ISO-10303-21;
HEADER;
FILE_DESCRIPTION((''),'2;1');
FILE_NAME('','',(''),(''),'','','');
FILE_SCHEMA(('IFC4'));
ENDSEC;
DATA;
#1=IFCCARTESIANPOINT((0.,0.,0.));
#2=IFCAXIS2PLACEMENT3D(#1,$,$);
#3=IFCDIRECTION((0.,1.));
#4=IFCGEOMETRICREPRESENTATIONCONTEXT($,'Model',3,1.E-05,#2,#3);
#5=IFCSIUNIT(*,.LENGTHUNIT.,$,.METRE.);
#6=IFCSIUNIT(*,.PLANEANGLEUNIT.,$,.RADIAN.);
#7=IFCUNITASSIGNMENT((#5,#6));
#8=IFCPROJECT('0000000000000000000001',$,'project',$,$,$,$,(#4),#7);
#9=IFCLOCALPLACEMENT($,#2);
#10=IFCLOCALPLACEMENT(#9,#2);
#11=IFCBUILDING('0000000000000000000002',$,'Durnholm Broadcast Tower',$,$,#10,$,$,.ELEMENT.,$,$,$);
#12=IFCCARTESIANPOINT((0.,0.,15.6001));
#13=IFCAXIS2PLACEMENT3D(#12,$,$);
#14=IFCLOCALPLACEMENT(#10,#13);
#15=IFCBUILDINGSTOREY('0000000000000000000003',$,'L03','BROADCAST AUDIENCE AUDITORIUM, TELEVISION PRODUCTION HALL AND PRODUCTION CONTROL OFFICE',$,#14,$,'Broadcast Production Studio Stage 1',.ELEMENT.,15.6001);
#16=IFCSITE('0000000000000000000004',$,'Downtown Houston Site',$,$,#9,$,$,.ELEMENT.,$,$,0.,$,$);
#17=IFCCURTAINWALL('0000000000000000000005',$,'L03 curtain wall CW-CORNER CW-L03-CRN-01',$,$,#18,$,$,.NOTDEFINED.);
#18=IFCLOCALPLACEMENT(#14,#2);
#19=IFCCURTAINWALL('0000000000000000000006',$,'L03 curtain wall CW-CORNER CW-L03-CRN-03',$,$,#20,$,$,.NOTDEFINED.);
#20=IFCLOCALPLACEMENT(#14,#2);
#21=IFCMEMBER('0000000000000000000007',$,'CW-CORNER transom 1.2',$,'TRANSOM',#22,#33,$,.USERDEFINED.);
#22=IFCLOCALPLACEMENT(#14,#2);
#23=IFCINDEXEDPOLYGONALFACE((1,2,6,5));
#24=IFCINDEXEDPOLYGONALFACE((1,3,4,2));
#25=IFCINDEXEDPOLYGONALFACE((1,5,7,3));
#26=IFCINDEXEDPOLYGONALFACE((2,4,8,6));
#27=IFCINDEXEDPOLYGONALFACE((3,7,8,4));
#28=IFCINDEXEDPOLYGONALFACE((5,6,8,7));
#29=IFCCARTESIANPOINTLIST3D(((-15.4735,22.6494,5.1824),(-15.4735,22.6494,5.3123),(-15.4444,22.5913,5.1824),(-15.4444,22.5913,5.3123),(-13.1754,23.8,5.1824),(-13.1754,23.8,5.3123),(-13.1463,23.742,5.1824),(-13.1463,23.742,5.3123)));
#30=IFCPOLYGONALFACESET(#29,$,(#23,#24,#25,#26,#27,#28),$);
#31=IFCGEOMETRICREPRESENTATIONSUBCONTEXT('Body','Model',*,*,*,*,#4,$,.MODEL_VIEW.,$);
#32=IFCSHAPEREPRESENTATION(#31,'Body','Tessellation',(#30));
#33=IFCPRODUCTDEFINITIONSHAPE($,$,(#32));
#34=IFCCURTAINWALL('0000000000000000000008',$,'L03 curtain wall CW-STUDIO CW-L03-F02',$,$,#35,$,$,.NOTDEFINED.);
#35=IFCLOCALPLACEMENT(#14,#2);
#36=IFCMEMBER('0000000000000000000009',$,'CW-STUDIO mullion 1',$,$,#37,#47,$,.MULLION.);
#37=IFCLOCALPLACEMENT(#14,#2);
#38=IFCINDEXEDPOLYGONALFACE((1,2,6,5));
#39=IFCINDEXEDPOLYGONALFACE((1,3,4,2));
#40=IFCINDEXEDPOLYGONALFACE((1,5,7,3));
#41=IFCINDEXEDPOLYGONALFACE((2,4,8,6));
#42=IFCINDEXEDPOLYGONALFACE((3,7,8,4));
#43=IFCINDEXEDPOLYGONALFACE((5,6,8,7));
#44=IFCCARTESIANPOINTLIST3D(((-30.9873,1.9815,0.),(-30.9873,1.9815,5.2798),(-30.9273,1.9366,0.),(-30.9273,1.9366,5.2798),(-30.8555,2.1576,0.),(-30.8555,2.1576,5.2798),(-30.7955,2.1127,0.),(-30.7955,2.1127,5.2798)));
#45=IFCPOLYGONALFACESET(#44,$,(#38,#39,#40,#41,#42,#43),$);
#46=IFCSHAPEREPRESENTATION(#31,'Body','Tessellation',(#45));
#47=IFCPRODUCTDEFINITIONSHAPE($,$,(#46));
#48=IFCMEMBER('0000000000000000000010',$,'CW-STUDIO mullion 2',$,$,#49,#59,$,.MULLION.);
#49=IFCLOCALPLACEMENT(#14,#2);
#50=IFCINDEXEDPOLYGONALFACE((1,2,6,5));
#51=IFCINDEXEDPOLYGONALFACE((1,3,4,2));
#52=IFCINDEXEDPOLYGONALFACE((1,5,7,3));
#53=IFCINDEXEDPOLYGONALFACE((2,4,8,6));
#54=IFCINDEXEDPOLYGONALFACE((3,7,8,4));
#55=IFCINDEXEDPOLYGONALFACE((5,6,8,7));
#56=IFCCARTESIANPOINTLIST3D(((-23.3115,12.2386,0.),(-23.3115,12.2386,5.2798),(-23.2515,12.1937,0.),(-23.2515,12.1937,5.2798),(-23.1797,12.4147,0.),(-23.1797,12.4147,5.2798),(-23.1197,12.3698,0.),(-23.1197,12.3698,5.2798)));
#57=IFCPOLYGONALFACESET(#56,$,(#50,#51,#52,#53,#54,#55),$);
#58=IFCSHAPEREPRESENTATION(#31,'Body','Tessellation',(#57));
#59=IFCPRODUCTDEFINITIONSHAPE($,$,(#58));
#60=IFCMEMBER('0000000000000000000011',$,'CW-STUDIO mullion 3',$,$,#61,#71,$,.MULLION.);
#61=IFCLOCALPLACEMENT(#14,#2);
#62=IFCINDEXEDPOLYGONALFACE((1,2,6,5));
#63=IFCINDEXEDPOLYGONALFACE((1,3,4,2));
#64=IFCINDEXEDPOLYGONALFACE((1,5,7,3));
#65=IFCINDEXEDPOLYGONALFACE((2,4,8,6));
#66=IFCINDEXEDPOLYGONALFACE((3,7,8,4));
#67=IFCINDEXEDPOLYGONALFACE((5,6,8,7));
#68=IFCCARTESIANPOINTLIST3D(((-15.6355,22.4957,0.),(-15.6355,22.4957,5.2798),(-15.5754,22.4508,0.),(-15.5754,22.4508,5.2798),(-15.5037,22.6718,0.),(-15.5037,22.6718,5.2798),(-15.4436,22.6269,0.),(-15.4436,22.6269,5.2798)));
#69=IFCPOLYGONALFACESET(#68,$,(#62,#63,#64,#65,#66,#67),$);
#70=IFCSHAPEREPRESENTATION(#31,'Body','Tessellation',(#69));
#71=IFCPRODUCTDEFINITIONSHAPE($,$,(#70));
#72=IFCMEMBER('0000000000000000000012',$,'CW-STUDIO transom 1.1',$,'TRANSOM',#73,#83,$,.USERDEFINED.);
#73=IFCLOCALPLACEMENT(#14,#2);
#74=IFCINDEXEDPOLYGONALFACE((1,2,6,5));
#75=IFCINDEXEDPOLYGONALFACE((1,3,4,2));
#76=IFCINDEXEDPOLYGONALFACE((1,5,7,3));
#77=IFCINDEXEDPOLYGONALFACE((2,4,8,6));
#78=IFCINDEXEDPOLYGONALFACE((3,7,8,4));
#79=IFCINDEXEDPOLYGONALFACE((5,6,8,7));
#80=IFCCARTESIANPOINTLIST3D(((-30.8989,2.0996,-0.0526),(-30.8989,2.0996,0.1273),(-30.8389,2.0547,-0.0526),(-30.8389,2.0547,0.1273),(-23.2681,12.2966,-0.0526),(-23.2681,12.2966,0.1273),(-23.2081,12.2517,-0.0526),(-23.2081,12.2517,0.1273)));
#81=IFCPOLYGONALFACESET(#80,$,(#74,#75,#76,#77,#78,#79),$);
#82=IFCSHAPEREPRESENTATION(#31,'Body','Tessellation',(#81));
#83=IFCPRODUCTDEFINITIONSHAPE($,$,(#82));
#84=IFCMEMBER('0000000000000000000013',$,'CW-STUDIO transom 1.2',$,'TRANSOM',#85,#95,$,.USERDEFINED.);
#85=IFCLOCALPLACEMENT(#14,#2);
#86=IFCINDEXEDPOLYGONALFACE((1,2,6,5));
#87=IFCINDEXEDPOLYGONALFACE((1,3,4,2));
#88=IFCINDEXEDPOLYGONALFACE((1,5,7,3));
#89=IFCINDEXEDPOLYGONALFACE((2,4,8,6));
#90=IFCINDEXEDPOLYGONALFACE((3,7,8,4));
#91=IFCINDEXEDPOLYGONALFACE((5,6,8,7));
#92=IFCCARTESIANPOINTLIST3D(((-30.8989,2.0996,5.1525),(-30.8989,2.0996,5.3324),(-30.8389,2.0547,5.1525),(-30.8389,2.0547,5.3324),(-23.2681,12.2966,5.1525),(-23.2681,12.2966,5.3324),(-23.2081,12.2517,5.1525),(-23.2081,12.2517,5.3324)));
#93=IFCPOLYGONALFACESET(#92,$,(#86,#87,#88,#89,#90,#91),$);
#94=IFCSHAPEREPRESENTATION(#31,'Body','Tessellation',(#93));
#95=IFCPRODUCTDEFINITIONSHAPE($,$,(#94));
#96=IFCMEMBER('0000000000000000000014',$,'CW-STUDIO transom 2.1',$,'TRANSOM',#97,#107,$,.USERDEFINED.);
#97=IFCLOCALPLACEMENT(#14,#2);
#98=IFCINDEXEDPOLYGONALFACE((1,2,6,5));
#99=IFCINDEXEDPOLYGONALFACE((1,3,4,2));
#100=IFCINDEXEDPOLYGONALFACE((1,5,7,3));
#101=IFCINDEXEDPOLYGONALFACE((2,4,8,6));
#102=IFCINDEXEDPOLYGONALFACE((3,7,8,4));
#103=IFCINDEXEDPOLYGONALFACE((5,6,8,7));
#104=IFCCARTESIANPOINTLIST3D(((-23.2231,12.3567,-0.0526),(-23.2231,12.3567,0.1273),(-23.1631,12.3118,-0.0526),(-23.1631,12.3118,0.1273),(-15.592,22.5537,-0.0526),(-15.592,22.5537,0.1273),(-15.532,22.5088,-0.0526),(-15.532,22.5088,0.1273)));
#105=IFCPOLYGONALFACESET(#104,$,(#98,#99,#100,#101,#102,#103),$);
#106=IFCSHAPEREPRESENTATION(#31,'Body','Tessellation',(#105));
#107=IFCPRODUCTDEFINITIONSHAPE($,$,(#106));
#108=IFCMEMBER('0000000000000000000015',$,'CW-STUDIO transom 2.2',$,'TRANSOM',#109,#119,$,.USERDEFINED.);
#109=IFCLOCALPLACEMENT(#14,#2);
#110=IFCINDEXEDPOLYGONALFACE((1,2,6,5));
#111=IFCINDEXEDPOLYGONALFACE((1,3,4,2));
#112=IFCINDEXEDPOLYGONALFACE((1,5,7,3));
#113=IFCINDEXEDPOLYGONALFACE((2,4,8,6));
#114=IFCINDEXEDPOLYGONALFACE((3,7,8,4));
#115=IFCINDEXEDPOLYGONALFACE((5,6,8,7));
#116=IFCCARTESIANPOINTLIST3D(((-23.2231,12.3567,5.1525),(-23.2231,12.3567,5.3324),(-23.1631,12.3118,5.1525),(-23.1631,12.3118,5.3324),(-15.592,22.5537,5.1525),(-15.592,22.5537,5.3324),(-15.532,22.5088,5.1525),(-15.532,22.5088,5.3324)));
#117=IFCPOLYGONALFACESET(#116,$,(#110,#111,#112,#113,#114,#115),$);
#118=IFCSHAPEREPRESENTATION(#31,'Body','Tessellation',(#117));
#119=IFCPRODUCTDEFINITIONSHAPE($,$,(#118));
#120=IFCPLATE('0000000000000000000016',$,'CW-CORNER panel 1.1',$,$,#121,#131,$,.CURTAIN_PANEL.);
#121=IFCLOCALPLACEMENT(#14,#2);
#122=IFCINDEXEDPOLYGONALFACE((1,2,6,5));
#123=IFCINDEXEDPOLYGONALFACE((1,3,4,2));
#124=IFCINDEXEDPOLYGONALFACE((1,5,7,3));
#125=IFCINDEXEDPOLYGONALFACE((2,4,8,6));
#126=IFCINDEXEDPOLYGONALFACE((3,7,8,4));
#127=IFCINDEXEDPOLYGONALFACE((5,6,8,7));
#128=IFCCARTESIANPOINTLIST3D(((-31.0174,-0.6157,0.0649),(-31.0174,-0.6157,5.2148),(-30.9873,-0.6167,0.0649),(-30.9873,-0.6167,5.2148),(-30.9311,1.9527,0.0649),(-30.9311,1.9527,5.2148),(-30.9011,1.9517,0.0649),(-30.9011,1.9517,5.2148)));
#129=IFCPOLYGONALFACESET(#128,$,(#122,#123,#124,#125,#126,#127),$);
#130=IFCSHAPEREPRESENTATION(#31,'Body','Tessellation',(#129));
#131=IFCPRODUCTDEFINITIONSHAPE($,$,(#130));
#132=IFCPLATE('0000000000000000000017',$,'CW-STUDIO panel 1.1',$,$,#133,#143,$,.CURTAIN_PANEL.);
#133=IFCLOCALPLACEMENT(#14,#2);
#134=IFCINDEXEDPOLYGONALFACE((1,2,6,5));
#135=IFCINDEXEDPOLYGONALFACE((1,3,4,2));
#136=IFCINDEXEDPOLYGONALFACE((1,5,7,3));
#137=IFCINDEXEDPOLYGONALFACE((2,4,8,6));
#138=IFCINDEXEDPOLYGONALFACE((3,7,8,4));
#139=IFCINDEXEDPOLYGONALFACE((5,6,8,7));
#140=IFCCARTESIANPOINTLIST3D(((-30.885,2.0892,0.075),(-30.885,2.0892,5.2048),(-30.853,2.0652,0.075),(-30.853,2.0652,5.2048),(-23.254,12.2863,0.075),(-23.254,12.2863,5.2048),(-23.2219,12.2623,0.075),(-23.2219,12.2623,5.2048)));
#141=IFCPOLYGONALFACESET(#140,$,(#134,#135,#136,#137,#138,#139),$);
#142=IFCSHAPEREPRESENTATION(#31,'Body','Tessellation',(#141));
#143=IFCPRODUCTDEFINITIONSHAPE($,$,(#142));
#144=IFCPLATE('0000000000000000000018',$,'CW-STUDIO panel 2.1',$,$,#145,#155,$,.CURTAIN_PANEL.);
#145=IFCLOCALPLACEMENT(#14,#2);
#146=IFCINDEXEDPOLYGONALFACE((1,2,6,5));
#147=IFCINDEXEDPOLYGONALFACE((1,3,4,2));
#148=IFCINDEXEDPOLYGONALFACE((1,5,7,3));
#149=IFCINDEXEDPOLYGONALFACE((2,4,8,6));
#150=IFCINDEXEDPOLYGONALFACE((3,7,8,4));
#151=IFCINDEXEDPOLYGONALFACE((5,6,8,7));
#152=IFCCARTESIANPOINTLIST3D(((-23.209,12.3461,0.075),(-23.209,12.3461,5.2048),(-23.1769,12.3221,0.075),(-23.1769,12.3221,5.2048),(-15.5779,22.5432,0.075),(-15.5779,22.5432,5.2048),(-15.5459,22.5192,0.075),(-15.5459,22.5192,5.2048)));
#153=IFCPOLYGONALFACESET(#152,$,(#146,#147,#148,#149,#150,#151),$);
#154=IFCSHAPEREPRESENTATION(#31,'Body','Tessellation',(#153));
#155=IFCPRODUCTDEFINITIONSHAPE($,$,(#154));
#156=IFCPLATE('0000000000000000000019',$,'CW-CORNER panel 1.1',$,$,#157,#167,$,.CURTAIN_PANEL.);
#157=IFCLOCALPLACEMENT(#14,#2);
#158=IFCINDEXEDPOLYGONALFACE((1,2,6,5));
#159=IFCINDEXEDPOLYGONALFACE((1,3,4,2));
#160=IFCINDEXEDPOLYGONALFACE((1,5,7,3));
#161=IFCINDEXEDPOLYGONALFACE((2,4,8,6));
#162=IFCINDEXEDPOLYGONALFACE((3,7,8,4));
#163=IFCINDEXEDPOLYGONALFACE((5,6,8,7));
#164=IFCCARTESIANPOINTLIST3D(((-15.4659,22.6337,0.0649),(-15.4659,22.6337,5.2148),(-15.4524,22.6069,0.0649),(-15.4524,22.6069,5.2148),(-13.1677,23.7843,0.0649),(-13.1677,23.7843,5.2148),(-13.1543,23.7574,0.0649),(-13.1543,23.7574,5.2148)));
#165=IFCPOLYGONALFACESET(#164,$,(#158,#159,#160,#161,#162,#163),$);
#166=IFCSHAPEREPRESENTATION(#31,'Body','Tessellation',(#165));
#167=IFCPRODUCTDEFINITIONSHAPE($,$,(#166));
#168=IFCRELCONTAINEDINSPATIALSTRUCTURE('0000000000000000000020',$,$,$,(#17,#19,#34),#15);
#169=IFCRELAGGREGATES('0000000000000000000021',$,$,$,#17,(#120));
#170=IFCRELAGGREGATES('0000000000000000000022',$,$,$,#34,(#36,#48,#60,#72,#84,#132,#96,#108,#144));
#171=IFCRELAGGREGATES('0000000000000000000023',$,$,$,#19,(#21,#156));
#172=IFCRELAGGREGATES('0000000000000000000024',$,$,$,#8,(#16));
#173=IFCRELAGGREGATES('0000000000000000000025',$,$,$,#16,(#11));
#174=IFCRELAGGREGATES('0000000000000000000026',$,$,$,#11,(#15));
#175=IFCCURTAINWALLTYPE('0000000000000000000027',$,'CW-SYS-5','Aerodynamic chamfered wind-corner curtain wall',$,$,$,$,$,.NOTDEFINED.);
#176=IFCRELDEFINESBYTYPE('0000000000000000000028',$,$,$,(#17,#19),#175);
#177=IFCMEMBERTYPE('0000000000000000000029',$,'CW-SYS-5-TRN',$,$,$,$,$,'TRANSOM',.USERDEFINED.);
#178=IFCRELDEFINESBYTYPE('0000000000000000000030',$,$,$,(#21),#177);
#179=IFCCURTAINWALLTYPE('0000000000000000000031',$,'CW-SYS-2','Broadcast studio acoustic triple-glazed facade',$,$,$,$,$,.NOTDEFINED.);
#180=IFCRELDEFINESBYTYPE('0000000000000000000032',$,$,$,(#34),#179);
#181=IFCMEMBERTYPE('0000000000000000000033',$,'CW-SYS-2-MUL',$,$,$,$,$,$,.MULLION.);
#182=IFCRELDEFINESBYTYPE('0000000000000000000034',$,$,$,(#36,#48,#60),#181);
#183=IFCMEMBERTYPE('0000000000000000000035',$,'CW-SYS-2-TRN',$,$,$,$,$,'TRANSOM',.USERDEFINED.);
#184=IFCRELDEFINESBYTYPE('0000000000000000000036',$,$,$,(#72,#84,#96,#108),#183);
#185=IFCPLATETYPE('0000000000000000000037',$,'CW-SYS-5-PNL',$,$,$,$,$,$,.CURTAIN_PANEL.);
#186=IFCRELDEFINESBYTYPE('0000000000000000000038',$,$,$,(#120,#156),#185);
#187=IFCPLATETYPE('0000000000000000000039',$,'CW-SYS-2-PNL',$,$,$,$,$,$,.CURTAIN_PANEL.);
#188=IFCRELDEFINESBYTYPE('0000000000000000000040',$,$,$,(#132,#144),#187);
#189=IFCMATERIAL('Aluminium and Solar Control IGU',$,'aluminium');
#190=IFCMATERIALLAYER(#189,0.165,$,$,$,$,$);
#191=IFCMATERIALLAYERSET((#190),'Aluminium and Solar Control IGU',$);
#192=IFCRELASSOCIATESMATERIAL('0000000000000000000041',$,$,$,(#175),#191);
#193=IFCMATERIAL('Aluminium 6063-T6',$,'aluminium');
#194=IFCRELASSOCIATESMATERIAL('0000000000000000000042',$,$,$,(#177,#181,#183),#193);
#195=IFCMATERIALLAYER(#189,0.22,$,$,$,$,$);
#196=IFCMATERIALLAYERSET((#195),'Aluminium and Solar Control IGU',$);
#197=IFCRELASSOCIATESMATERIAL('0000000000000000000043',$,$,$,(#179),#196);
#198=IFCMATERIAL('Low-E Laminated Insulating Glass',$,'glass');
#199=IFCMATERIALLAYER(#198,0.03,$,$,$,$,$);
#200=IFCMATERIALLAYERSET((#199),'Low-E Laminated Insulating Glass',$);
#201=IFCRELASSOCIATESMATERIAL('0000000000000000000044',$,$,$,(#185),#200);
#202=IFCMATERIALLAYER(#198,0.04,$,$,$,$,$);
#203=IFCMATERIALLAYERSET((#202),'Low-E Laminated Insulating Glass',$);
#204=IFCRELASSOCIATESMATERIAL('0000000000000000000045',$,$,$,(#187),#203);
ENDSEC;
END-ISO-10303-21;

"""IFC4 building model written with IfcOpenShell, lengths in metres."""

from ifc_helpers import new_model, si_unit, direction, frame, origin, origin_2d, place, context, subcontext, project, spatial, rectangle, extrude, source, transform, mapped, material, layer, layer_set, material_profile, profile_set, type_object, type_shapes, element, aggregate, save


model = new_model("IFC4")

# Units and contexts
model_context = context("Model", 3, precision=1e-05, world=origin(), true_north=direction((0.0, 1.0)))
body_context = subcontext(model_context, "Body", "Model", "MODEL_VIEW")
ifc_project = project(units=[si_unit("LENGTHUNIT", "METRE"), si_unit("PLANEANGLEUNIT", "RADIAN")], contexts=[model_context])

# Site, building, storey
site_placement = place(None, origin())
site = spatial("IfcSite", under=ifc_project, at=site_placement, Name="Downtown Houston Site", CompositionType="ELEMENT", RefElevation=0.0)
building_placement = place(site_placement, origin())
building = spatial("IfcBuilding", under=site, at=building_placement, Name="Durnholm Broadcast Tower", CompositionType="ELEMENT")
storey_placement = place(building_placement, frame((0.0, 0.0, 15.6001)))
storey = spatial("IfcBuildingStorey", under=building, at=storey_placement, Name="L03", Description="BROADCAST AUDIENCE AUDITORIUM, TELEVISION PRODUCTION HALL AND PRODUCTION CONTROL OFFICE", LongName="Broadcast Production Studio Stage 1", CompositionType="ELEMENT", Elevation=15.6001)

# Curtain wall
ifc_material_1 = material(Name="Aluminium and Solar Control IGU", Category="aluminium")
ifc_layer_1 = layer(ifc_material_1, 0.165)
ifc_layer_set_1 = layer_set([ifc_layer_1], Name="Aluminium and Solar Control IGU")
curtain_wall_type_1 = type_object("IfcCurtainWallType", Name="CW-SYS-5", Description="Aerodynamic chamfered wind-corner curtain wall", PredefinedType="NOTDEFINED", material=ifc_layer_set_1)
curtain_wall_1_placement = place(storey_placement, origin())
curtain_wall_1 = element("IfcCurtainWall", 1, at=curtain_wall_1_placement, inside=storey, type_object=curtain_wall_type_1, Name="L03 curtain wall CW-CORNER CW-L03-CRN-01", PredefinedType="NOTDEFINED")
ifc_material_2 = material(Name="Aluminium 6063-T6", Category="aluminium")

# Curtain wall
curtain_wall_2_placement = place(storey_placement, origin())
curtain_wall_2 = element("IfcCurtainWall", 2, at=curtain_wall_2_placement, inside=storey, type_object=curtain_wall_type_1, Name="L03 curtain wall CW-CORNER CW-L03-CRN-03", PredefinedType="NOTDEFINED")

# Member
ifc_material_profile_1 = material_profile(ifc_material_2, rectangle(XDim=0.0649, YDim=0.1299, at=origin_2d()), Name="CWT65X130")
ifc_profile_set_1 = profile_set([ifc_material_profile_1], Name="Aluminium 6063-T6")
member_type_1 = type_object("IfcMemberType", Name="CW-SYS-5-TRN", ElementType="TRANSOM", PredefinedType="USERDEFINED", material=ifc_profile_set_1)
shared_shape_1 = source(origin(), body_context, "Body", "SweptSolid", [
    extrude(rectangle(XDim=0.0649, YDim=0.1299, at=origin_2d()), origin(), (0.0, 0.0, 1.0), 2.5701),
])
type_shapes(member_type_1, [shared_shape_1])
member_1_placement = place(storey_placement, frame((-15.459, 22.6204, 5.2473), z_axis=(0.89418, 0.447707, 0.0), x_axis=(-0.447707, 0.89418, 0.0)))
member_1 = element("IfcMember", 3, at=member_1_placement, type_object=member_type_1, Name="CW-CORNER transom 1.2", ObjectType="TRANSOM", PredefinedType="USERDEFINED", context=body_context, shape_type="MappedRepresentation", body=[
    mapped(shared_shape_1, transform((0.0, 0.0, 0.0), x_axis=(1.0, 0.0, 0.0), y_axis=(0.0, 1.0, 0.0), z_axis=(0.0, 0.0, 1.0), scale=1.0)),
])

# Curtain wall, members
ifc_layer_2 = layer(ifc_material_1, 0.22)
ifc_layer_set_2 = layer_set([ifc_layer_2], Name="Aluminium and Solar Control IGU")
curtain_wall_type_2 = type_object("IfcCurtainWallType", Name="CW-SYS-2", Description="Broadcast studio acoustic triple-glazed facade", PredefinedType="NOTDEFINED", material=ifc_layer_set_2)
curtain_wall_3_placement = place(storey_placement, origin())
curtain_wall_3 = element("IfcCurtainWall", 4, at=curtain_wall_3_placement, inside=storey, type_object=curtain_wall_type_2, Name="L03 curtain wall CW-STUDIO CW-L03-F02", PredefinedType="NOTDEFINED")
ifc_material_profile_2 = material_profile(ifc_material_2, rectangle(XDim=0.075, YDim=0.22, at=origin_2d()), Name="CWM75X220")
ifc_profile_set_2 = profile_set([ifc_material_profile_2], Name="Aluminium 6063-T6")
member_type_2 = type_object("IfcMemberType", Name="CW-SYS-2-MUL", PredefinedType="MULLION", material=ifc_profile_set_2)
shared_shape_2 = source(origin(), body_context, "Body", "SweptSolid", [
    extrude(rectangle(XDim=0.075, YDim=0.22, at=origin_2d()), origin(), (0.0, 0.0, 1.0), 5.2798),
])
type_shapes(member_type_2, [shared_shape_2])
member_2_placement = place(storey_placement, frame((-30.8914, 2.0471, 0.0), z_axis=(0.0, 0.0, 1.0), x_axis=(-0.800632, 0.599157, 0.0)))
member_2 = element("IfcMember", 5, at=member_2_placement, type_object=member_type_2, Name="CW-STUDIO mullion 1", PredefinedType="MULLION", context=body_context, shape_type="MappedRepresentation", body=[
    mapped(shared_shape_2, transform((0.0, 0.0, 0.0), x_axis=(1.0, 0.0, 0.0), y_axis=(0.0, 1.0, 0.0), z_axis=(0.0, 0.0, 1.0), scale=1.0)),
])
member_3_placement = place(storey_placement, frame((-23.2156, 12.3042, 0.0), z_axis=(0.0, 0.0, 1.0), x_axis=(-0.800632, 0.599157, 0.0)))
member_3 = element("IfcMember", 6, at=member_3_placement, type_object=member_type_2, Name="CW-STUDIO mullion 2", PredefinedType="MULLION", context=body_context, shape_type="MappedRepresentation", body=[
    mapped(shared_shape_2, transform((0.0, 0.0, 0.0), x_axis=(1.0, 0.0, 0.0), y_axis=(0.0, 1.0, 0.0), z_axis=(0.0, 0.0, 1.0), scale=1.0)),
])
member_4_placement = place(storey_placement, frame((-15.5396, 22.5613, 0.0), z_axis=(0.0, 0.0, 1.0), x_axis=(-0.800632, 0.599157, 0.0)))
member_4 = element("IfcMember", 7, at=member_4_placement, type_object=member_type_2, Name="CW-STUDIO mullion 3", PredefinedType="MULLION", context=body_context, shape_type="MappedRepresentation", body=[
    mapped(shared_shape_2, transform((0.0, 0.0, 0.0), x_axis=(1.0, 0.0, 0.0), y_axis=(0.0, 1.0, 0.0), z_axis=(0.0, 0.0, 1.0), scale=1.0)),
])
ifc_material_profile_3 = material_profile(ifc_material_2, rectangle(XDim=0.075, YDim=0.1799, at=origin_2d()), Name="CWT75X180")
ifc_profile_set_3 = profile_set([ifc_material_profile_3], Name="Aluminium 6063-T6")
member_type_3 = type_object("IfcMemberType", Name="CW-SYS-2-TRN", ElementType="TRANSOM", PredefinedType="USERDEFINED", material=ifc_profile_set_3)
shared_shape_3 = source(origin(), body_context, "Body", "SweptSolid", [
    extrude(rectangle(XDim=0.075, YDim=0.1799, at=origin_2d()), origin(), (0.0, 0.0, 1.0), 12.7361),
])
member_5_placement = place(storey_placement, frame((-30.8689, 2.0771, 0.0374), z_axis=(0.59915, 0.800637, 0.0), x_axis=(-0.800637, 0.59915, 0.0)))
member_5 = element("IfcMember", 8, at=member_5_placement, type_object=member_type_3, Name="CW-STUDIO transom 1.1", ObjectType="TRANSOM", PredefinedType="USERDEFINED", context=body_context, shape_type="MappedRepresentation", body=[
    mapped(shared_shape_3, transform((0.0, 0.0, 0.0), x_axis=(1.0, 0.0, 0.0), y_axis=(0.0, 1.0, 0.0), z_axis=(0.0, 0.0, 1.0), scale=1.0)),
])
member_6_placement = place(storey_placement, frame((-30.8689, 2.0771, 5.2424), z_axis=(0.59915, 0.800637, 0.0), x_axis=(-0.800637, 0.59915, 0.0)))
member_6 = element("IfcMember", 9, at=member_6_placement, type_object=member_type_3, Name="CW-STUDIO transom 1.2", ObjectType="TRANSOM", PredefinedType="USERDEFINED", context=body_context, shape_type="MappedRepresentation", body=[
    mapped(shared_shape_3, transform((0.0, 0.0, 0.0), x_axis=(1.0, 0.0, 0.0), y_axis=(0.0, 1.0, 0.0), z_axis=(0.0, 0.0, 1.0), scale=1.0)),
])
shared_shape_4 = source(origin(), body_context, "Body", "SweptSolid", [
    extrude(rectangle(XDim=0.075, YDim=0.1799, at=origin_2d()), origin(), (0.0, 0.0, 1.0), 12.7363),
])
type_shapes(member_type_3, [shared_shape_3, shared_shape_4])
member_7_placement = place(storey_placement, frame((-23.1931, 12.3342, 0.0374), z_axis=(0.599162, 0.800628, 0.0), x_axis=(-0.800628, 0.599162, 0.0)))
member_7 = element("IfcMember", 10, at=member_7_placement, type_object=member_type_3, Name="CW-STUDIO transom 2.1", ObjectType="TRANSOM", PredefinedType="USERDEFINED", context=body_context, shape_type="MappedRepresentation", body=[
    mapped(shared_shape_4, transform((0.0, 0.0, 0.0), x_axis=(1.0, 0.0, 0.0), y_axis=(0.0, 1.0, 0.0), z_axis=(0.0, 0.0, 1.0), scale=1.0)),
])
member_8_placement = place(storey_placement, frame((-23.1931, 12.3342, 5.2424), z_axis=(0.599162, 0.800628, 0.0), x_axis=(-0.800628, 0.599162, 0.0)))
member_8 = element("IfcMember", 11, at=member_8_placement, type_object=member_type_3, Name="CW-STUDIO transom 2.2", ObjectType="TRANSOM", PredefinedType="USERDEFINED", context=body_context, shape_type="MappedRepresentation", body=[
    mapped(shared_shape_4, transform((0.0, 0.0, 0.0), x_axis=(1.0, 0.0, 0.0), y_axis=(0.0, 1.0, 0.0), z_axis=(0.0, 0.0, 1.0), scale=1.0)),
])

# Plates
ifc_material_3 = material(Name="Low-E Laminated Insulating Glass", Category="glass")
ifc_layer_3 = layer(ifc_material_3, 0.03)
ifc_layer_set_3 = layer_set([ifc_layer_3], Name="Low-E Laminated Insulating Glass")
plate_type_1 = type_object("IfcPlateType", Name="CW-SYS-5-PNL", PredefinedType="CURTAIN_PANEL", material=ifc_layer_set_3)
shared_shape_5 = source(origin(), body_context, "Body", "SweptSolid", [
    extrude(rectangle(XDim=2.5698, YDim=0.03, at=origin_2d()), origin(), (0.0, 0.0, 1.0), 5.1499),
])
plate_1_placement = place(storey_placement, frame((-30.9592, 0.668, 0.0649), z_axis=(0.0, 0.0, 1.0), x_axis=(0.033557, 0.999437, 0.0)))
plate_1 = element("IfcPlate", 12, at=plate_1_placement, type_object=plate_type_1, Name="CW-CORNER panel 1.1", PredefinedType="CURTAIN_PANEL", context=body_context, shape_type="MappedRepresentation", body=[
    mapped(shared_shape_5, transform((0.0, 0.0, 0.0), x_axis=(1.0, 0.0, 0.0), y_axis=(0.0, 1.0, 0.0), z_axis=(0.0, 0.0, 1.0), scale=1.0)),
])
aggregate(curtain_wall_1, [plate_1])
ifc_layer_4 = layer(ifc_material_3, 0.04)
ifc_layer_set_4 = layer_set([ifc_layer_4], Name="Low-E Laminated Insulating Glass")
plate_type_2 = type_object("IfcPlateType", Name="CW-SYS-2-PNL", PredefinedType="CURTAIN_PANEL", material=ifc_layer_set_4)
shared_shape_6 = source(origin(), body_context, "Body", "SweptSolid", [
    extrude(rectangle(XDim=12.7363, YDim=0.04, at=origin_2d()), origin(), (0.0, 0.0, 1.0), 5.1299),
])
type_shapes(plate_type_2, [shared_shape_6])
plate_2_placement = place(storey_placement, frame((-27.0535, 7.1758, 0.075), z_axis=(0.0, 0.0, 1.0), x_axis=(0.599157, 0.800632, 0.0)))
plate_2 = element("IfcPlate", 13, at=plate_2_placement, type_object=plate_type_2, Name="CW-STUDIO panel 1.1", PredefinedType="CURTAIN_PANEL", context=body_context, shape_type="MappedRepresentation", body=[
    mapped(shared_shape_6, transform((0.0, 0.0, 0.0), x_axis=(1.0, 0.0, 0.0), y_axis=(0.0, 1.0, 0.0), z_axis=(0.0, 0.0, 1.0), scale=1.0)),
])
plate_3_placement = place(storey_placement, frame((-19.3774, 17.4326, 0.075), z_axis=(0.0, 0.0, 1.0), x_axis=(0.599157, 0.800632, 0.0)))
plate_3 = element("IfcPlate", 14, at=plate_3_placement, type_object=plate_type_2, Name="CW-STUDIO panel 2.1", PredefinedType="CURTAIN_PANEL", context=body_context, shape_type="MappedRepresentation", body=[
    mapped(shared_shape_6, transform((0.0, 0.0, 0.0), x_axis=(1.0, 0.0, 0.0), y_axis=(0.0, 1.0, 0.0), z_axis=(0.0, 0.0, 1.0), scale=1.0)),
])
aggregate(curtain_wall_3, [member_2, member_3, member_4, member_5, member_6, plate_2, member_7, member_8, plate_3])
shared_shape_7 = source(origin(), body_context, "Body", "SweptSolid", [
    extrude(rectangle(XDim=2.5701, YDim=0.03, at=origin_2d()), origin(), (0.0, 0.0, 1.0), 5.1499),
])
type_shapes(plate_type_1, [shared_shape_5, shared_shape_7])
plate_4_placement = place(storey_placement, frame((-14.3101, 23.1956, 0.0649), z_axis=(0.0, 0.0, 1.0), x_axis=(0.894197, 0.447673, 0.0)))
plate_4 = element("IfcPlate", 15, at=plate_4_placement, type_object=plate_type_1, Name="CW-CORNER panel 1.1", PredefinedType="CURTAIN_PANEL", context=body_context, shape_type="MappedRepresentation", body=[
    mapped(shared_shape_7, transform((0.0, 0.0, 0.0), x_axis=(1.0, 0.0, 0.0), y_axis=(0.0, 1.0, 0.0), z_axis=(0.0, 0.0, 1.0), scale=1.0)),
])
aggregate(curtain_wall_2, [member_1, plate_4])

save(model, "model.ifc")
